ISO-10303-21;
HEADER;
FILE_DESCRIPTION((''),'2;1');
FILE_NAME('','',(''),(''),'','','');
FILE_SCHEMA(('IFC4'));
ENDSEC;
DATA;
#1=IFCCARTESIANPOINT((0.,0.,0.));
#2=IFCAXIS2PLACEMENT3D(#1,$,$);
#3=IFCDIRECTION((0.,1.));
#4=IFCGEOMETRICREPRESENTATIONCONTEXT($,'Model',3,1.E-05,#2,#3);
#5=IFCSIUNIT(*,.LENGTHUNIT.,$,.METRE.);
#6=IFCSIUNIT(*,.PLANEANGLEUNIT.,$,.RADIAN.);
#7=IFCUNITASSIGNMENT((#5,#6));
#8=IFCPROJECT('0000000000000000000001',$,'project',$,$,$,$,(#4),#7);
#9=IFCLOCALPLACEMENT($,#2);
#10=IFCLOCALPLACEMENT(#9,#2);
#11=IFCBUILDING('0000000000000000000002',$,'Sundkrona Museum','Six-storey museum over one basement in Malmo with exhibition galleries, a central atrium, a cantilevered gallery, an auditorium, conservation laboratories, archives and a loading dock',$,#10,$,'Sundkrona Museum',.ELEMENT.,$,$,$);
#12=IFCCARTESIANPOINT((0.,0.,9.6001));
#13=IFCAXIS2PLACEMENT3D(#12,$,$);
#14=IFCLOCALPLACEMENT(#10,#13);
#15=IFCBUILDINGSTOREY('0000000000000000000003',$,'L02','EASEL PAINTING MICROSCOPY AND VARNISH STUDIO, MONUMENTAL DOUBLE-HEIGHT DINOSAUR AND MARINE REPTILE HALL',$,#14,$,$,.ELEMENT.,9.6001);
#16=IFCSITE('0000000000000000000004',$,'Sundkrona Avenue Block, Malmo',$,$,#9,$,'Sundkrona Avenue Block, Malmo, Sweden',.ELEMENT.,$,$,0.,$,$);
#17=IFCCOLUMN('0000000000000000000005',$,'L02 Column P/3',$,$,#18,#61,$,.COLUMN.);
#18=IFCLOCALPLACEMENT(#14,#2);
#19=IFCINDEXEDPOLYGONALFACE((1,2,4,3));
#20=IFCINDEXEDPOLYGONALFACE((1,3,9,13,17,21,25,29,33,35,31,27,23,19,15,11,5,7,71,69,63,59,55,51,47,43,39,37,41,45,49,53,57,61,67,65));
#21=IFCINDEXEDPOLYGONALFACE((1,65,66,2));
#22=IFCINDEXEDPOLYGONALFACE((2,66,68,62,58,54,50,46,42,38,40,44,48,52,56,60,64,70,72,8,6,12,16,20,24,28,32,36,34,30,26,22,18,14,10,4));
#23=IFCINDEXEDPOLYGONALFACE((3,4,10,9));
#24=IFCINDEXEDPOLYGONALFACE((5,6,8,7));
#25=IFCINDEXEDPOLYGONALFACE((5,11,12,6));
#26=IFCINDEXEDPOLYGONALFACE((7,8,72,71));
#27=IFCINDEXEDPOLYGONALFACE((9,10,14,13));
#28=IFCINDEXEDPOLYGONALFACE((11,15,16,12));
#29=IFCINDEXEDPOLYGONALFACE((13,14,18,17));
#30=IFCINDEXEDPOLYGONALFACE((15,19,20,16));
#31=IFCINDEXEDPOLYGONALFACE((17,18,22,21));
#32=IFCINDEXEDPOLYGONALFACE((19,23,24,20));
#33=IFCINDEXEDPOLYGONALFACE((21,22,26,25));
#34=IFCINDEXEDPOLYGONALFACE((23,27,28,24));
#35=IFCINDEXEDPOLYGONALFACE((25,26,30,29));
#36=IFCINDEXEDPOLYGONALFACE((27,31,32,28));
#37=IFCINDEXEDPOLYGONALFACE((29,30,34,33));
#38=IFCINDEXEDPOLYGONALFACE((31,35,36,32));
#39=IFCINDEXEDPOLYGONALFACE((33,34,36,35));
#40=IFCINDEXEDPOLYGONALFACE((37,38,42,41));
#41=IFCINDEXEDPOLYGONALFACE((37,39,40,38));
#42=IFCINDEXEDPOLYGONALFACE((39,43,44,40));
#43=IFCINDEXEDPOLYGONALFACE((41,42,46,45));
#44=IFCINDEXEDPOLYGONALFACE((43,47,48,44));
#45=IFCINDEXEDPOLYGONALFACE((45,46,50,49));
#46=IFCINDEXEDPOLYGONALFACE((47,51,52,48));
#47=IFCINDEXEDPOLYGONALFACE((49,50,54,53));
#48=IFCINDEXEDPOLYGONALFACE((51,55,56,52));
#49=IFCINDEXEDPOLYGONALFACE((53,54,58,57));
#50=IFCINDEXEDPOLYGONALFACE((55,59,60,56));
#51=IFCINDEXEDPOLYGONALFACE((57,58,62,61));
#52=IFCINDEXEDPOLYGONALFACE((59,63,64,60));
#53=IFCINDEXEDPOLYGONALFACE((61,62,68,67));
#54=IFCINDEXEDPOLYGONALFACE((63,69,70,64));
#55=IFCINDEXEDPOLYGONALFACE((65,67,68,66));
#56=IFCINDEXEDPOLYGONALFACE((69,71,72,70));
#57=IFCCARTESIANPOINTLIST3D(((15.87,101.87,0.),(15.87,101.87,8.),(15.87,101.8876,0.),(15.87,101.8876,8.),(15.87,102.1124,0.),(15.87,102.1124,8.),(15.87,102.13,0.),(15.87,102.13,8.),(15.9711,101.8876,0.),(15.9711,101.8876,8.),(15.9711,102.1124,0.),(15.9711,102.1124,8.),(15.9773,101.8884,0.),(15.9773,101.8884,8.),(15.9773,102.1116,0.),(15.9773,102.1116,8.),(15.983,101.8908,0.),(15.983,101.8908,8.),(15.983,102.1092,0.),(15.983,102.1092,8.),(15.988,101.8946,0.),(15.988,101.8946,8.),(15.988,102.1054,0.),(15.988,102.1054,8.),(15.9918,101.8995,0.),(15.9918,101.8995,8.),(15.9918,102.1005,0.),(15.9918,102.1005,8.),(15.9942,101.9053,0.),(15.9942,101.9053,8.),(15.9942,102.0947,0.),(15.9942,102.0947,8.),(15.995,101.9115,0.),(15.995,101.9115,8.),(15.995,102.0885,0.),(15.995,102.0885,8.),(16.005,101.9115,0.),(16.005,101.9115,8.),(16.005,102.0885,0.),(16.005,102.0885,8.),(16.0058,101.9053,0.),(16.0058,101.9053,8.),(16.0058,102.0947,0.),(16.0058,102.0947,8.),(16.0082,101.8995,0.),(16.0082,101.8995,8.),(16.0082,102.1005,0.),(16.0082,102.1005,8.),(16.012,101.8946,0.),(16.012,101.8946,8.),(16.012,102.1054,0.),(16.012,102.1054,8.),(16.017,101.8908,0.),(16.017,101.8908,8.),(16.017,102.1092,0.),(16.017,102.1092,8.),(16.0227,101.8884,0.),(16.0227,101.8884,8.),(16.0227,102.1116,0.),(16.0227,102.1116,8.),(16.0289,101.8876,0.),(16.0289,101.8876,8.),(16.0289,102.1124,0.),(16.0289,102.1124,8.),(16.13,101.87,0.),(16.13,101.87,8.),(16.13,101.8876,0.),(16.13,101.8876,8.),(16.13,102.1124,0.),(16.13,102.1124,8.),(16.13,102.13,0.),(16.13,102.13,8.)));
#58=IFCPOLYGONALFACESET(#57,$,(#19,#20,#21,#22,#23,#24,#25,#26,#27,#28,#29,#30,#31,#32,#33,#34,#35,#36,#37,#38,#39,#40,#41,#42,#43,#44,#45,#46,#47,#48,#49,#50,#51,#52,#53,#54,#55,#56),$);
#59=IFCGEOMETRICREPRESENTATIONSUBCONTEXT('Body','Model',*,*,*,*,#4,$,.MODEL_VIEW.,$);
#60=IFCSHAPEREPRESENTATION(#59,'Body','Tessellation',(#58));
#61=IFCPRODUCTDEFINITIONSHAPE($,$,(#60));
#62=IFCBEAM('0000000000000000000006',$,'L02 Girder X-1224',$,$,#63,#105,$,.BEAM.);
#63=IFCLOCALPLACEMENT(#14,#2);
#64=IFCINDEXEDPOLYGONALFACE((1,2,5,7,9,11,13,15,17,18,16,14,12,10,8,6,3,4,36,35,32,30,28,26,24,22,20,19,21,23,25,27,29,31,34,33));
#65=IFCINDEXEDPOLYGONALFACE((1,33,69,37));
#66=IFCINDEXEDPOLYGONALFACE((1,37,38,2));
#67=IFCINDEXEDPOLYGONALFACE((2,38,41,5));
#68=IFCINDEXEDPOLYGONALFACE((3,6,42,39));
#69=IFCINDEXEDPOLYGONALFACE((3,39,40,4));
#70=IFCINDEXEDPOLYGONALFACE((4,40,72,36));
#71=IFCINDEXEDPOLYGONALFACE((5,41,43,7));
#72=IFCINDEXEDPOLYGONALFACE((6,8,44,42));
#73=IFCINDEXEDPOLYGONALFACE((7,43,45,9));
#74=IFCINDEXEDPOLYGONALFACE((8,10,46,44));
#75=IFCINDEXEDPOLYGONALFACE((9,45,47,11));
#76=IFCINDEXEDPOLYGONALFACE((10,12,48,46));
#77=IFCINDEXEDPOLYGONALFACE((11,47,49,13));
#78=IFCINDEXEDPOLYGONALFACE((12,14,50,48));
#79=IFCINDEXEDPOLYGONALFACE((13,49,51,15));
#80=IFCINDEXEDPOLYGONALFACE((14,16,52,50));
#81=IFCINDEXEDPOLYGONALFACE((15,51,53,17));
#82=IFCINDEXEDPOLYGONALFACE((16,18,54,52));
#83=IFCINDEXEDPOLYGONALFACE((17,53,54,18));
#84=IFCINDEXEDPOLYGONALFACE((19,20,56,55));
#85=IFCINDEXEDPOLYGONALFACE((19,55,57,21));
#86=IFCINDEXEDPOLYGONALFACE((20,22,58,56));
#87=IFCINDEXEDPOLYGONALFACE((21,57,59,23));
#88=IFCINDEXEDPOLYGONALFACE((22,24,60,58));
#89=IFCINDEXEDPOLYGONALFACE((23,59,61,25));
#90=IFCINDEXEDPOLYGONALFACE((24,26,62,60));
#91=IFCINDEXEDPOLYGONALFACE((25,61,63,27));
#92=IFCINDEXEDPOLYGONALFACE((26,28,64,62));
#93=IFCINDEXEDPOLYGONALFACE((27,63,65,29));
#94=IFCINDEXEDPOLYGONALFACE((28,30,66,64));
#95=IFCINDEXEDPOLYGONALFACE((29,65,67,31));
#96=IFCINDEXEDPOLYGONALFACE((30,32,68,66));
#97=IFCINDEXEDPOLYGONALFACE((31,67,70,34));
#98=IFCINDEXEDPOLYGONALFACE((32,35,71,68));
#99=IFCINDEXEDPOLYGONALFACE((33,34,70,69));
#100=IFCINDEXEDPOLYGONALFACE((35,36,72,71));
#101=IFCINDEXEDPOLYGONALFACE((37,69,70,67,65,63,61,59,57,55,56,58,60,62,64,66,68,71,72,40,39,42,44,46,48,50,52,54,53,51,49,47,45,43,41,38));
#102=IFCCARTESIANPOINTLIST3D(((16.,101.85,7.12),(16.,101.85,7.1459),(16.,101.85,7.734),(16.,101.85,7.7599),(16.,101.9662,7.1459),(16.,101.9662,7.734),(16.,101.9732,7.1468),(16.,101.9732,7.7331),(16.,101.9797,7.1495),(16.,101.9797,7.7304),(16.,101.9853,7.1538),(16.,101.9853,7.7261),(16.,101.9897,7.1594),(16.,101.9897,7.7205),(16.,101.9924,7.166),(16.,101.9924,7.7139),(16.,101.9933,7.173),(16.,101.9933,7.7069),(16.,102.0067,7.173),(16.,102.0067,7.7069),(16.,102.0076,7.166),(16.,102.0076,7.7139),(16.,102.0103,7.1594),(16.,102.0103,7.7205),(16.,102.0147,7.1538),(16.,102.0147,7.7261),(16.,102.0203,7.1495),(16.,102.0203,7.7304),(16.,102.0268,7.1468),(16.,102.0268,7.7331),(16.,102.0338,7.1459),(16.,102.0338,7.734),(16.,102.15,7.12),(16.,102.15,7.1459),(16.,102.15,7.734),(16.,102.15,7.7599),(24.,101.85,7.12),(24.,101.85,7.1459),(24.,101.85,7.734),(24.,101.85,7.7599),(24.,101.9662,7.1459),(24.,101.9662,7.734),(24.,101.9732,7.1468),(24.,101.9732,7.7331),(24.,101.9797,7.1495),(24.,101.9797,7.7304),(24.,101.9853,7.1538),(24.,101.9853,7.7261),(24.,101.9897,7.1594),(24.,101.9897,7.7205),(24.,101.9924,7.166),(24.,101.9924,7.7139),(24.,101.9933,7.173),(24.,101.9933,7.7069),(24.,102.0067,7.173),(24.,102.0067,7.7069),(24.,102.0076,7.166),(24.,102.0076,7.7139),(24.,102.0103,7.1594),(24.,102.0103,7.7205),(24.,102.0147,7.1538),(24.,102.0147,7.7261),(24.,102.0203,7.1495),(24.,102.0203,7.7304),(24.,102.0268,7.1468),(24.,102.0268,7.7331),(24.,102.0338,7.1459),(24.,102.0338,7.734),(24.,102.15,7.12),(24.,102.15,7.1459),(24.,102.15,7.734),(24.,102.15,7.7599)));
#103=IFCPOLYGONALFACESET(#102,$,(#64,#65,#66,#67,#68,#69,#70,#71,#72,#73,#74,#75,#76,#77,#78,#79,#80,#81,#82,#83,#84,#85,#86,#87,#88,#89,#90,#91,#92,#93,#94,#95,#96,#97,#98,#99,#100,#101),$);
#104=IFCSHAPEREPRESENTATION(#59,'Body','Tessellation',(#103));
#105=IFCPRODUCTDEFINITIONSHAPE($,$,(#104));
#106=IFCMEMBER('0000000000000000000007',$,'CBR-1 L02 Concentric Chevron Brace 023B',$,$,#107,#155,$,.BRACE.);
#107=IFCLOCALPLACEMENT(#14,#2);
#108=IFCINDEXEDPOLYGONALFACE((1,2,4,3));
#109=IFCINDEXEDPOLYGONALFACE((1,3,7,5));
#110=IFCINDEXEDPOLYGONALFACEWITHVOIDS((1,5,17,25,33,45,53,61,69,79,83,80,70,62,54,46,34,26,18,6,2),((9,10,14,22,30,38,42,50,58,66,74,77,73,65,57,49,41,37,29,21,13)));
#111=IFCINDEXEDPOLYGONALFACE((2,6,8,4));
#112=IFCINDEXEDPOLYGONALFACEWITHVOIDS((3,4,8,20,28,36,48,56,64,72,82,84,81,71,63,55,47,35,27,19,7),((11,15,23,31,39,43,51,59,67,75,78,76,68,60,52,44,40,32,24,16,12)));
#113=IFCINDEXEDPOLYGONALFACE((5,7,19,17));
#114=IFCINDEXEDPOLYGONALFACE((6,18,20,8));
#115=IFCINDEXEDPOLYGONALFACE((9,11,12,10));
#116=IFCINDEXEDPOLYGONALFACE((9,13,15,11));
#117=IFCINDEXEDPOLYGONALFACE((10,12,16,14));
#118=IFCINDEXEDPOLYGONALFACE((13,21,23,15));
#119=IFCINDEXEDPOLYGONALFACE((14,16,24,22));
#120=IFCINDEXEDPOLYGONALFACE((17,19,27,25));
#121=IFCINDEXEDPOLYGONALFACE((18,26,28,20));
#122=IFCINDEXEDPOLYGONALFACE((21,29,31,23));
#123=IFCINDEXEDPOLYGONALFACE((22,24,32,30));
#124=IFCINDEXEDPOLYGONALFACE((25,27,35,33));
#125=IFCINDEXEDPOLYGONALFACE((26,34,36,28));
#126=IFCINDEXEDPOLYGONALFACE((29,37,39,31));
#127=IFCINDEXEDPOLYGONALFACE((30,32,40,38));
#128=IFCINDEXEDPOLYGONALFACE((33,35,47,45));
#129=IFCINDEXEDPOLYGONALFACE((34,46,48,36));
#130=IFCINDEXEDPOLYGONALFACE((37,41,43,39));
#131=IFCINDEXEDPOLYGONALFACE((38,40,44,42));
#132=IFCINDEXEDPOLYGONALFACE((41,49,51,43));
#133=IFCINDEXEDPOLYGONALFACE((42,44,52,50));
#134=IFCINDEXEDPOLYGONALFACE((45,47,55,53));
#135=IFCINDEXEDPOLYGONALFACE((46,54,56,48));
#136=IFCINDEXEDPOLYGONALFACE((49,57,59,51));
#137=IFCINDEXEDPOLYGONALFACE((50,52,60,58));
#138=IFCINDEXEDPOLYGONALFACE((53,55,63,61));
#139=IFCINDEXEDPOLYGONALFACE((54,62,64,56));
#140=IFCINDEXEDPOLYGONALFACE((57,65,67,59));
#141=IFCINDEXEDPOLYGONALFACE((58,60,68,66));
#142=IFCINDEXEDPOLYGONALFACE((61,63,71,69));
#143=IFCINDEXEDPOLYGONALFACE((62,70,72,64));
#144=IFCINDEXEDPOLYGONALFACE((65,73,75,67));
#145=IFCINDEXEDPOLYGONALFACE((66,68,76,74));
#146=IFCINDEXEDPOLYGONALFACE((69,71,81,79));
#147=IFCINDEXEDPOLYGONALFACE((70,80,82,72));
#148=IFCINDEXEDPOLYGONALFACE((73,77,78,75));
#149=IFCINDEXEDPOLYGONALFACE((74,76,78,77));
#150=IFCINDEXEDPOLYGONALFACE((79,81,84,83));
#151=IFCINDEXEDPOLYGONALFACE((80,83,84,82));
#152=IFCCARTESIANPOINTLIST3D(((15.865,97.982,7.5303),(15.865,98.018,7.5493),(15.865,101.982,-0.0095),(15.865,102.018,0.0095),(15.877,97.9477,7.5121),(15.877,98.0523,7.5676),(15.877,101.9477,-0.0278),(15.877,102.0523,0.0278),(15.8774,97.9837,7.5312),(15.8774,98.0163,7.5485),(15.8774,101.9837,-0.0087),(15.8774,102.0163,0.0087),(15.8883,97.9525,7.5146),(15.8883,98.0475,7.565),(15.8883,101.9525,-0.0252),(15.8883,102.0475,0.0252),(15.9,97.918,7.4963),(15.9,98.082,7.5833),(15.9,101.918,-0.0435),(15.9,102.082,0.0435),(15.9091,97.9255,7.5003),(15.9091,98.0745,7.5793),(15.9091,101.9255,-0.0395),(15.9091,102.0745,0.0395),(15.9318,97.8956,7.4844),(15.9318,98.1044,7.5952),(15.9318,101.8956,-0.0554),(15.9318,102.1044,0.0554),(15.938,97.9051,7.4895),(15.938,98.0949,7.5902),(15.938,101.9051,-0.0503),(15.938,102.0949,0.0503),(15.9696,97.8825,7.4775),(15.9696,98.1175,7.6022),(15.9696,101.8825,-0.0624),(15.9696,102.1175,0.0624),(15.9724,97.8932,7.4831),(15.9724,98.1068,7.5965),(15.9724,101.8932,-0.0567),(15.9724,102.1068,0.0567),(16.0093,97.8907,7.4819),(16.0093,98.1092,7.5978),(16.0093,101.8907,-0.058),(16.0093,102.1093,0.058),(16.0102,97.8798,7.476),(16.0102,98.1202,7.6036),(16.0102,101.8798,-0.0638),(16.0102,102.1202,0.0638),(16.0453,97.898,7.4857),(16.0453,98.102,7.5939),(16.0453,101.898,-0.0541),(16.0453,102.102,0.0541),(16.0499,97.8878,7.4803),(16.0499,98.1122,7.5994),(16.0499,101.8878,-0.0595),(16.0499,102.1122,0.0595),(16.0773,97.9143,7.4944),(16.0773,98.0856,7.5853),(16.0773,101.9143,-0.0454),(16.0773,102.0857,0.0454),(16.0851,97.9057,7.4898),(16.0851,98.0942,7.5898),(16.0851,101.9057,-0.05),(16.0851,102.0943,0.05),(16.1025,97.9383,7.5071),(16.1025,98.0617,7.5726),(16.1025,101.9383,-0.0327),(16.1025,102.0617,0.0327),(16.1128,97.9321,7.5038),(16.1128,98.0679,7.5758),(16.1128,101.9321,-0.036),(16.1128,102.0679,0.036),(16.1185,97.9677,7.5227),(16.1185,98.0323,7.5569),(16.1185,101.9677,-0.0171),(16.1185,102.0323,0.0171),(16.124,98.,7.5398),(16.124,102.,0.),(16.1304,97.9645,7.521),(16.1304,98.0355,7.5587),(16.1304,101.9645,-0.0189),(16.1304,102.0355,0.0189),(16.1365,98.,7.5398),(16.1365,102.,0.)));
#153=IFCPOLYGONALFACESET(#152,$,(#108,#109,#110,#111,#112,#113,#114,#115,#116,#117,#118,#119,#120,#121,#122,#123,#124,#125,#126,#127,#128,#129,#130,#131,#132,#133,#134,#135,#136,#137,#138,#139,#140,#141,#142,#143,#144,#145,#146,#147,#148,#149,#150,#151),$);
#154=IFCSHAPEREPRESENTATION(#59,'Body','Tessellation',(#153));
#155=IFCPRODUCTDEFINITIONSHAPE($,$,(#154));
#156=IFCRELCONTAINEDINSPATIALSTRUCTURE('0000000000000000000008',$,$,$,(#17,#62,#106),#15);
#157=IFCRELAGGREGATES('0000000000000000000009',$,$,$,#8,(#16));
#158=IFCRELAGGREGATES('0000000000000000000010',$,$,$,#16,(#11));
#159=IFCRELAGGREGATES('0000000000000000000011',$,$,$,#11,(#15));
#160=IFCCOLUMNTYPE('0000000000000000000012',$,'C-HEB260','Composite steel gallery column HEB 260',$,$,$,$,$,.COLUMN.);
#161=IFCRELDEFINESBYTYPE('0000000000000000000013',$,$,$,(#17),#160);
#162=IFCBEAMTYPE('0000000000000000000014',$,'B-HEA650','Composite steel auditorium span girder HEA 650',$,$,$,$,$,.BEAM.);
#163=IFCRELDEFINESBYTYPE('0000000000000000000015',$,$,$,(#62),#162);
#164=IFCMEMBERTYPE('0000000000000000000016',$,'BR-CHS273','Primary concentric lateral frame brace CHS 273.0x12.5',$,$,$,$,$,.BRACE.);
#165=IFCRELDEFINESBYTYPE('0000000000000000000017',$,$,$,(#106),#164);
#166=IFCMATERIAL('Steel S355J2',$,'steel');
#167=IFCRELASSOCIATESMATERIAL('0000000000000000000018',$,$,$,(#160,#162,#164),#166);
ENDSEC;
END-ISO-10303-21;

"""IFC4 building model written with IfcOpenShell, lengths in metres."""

from ifc_helpers import new_model, si_unit, direction, frame, origin, origin_2d, place, context, subcontext, project, spatial, hollow_circle, i_section, extrude, material, material_profile, profile_set, type_object, element, save


model = new_model("IFC4")

# Units and contexts
model_context = context("Model", 3, precision=1e-05, world=origin(), true_north=direction((0.0, 1.0)))
body_context = subcontext(model_context, "Body", "Model", "MODEL_VIEW")
ifc_project = project(units=[si_unit("LENGTHUNIT", "METRE"), si_unit("PLANEANGLEUNIT", "RADIAN")], contexts=[model_context])

# Site, building, storey
site_placement = place(None, origin())
site = spatial("IfcSite", under=ifc_project, at=site_placement, Name="Sundkrona Avenue Block, Malmo", LongName="Sundkrona Avenue Block, Malmo, Sweden", CompositionType="ELEMENT", RefElevation=0.0)
building_placement = place(site_placement, origin())
building = spatial("IfcBuilding", under=site, at=building_placement, Name="Sundkrona Museum", Description="Six-storey museum over one basement in Malmo with exhibition galleries, a central atrium, a cantilevered gallery, an auditorium, conservation laboratories, archives and a loading dock", LongName="Sundkrona Museum", CompositionType="ELEMENT")
storey_placement = place(building_placement, frame((0.0, 0.0, 9.6001)))
storey = spatial("IfcBuildingStorey", under=building, at=storey_placement, Name="L02", Description="EASEL PAINTING MICROSCOPY AND VARNISH STUDIO, MONUMENTAL DOUBLE-HEIGHT DINOSAUR AND MARINE REPTILE HALL", CompositionType="ELEMENT", Elevation=9.6001)

# Column
ifc_material_1 = material(Name="Steel S355J2", Category="steel")
ifc_material_profile_1 = material_profile(ifc_material_1, i_section(OverallWidth=0.26, OverallDepth=0.26, WebThickness=0.01, FlangeThickness=0.0176, FilletRadius=0.0239, at=origin_2d()), Name="HEB 260")
ifc_profile_set_1 = profile_set([ifc_material_profile_1], Name="Steel S355J2")
column_type = type_object("IfcColumnType", Name="C-HEB260", Description="Composite steel gallery column HEB 260", PredefinedType="COLUMN", material=ifc_profile_set_1)
column_placement = place(storey_placement, frame((16.0, 102.0, 0.0), z_axis=(0.0, 0.0, 1.0), x_axis=(1.0, 0.0, 0.0)))
element("IfcColumn", 1, at=column_placement, inside=storey, type_object=column_type, Name="L02 Column P/3", PredefinedType="COLUMN", context=body_context, shape_type="SweptSolid", body=[
    extrude(i_section(OverallWidth=0.26, OverallDepth=0.26, WebThickness=0.01, FlangeThickness=0.0176, FilletRadius=0.0239, at=origin_2d()), origin(), (0.0, 0.0, 1.0), 8.0),
])

# Beam
ifc_material_profile_2 = material_profile(ifc_material_1, i_section(OverallWidth=0.3, OverallDepth=0.6399, WebThickness=0.0134, FlangeThickness=0.0259, FilletRadius=0.0271, at=origin_2d()), Name="HEA 650")
ifc_profile_set_2 = profile_set([ifc_material_profile_2], Name="Steel S355J2")
beam_type_1 = type_object("IfcBeamType", Name="B-HEA650", Description="Composite steel auditorium span girder HEA 650", PredefinedType="BEAM", material=ifc_profile_set_2)
beam_1_placement = place(storey_placement, frame((16.0, 102.0, 7.4399), z_axis=(1.0, 0.0, 0.0), x_axis=(0.0, 1.0, 0.0)))
element("IfcBeam", 2, at=beam_1_placement, inside=storey, type_object=beam_type_1, Name="L02 Girder X-1224", PredefinedType="BEAM", context=body_context, shape_type="SweptSolid", body=[
    extrude(i_section(OverallWidth=0.3, OverallDepth=0.6399, WebThickness=0.0134, FlangeThickness=0.0259, FilletRadius=0.0271, at=origin_2d()), origin(), (0.0, 0.0, 1.0), 8.0),
])

# Member
ifc_material_profile_3 = material_profile(ifc_material_1, hollow_circle(Radius=0.1365, WallThickness=0.0125, at=origin_2d()), Name="CHS 273.0x12.5")
ifc_profile_set_3 = profile_set([ifc_material_profile_3], Name="Steel S355J2")
member_type = type_object("IfcMemberType", Name="BR-CHS273", Description="Primary concentric lateral frame brace CHS 273.0x12.5", PredefinedType="BRACE", material=ifc_profile_set_3)
member_placement = place(storey_placement, frame((16.0, 102.0, 0.0), z_axis=(0.0, -0.468651, 0.883383), x_axis=(1.0, 0.0, 0.0)))
element("IfcMember", 3, at=member_placement, inside=storey, type_object=member_type, Name="CBR-1 L02 Concentric Chevron Brace 023B", PredefinedType="BRACE", context=body_context, shape_type="SweptSolid", body=[
    extrude(hollow_circle(Radius=0.1365, WallThickness=0.0125, at=origin_2d()), origin(), (0.0, 0.0, 1.0), 8.5352),
])

save(model, "model.ifc")
